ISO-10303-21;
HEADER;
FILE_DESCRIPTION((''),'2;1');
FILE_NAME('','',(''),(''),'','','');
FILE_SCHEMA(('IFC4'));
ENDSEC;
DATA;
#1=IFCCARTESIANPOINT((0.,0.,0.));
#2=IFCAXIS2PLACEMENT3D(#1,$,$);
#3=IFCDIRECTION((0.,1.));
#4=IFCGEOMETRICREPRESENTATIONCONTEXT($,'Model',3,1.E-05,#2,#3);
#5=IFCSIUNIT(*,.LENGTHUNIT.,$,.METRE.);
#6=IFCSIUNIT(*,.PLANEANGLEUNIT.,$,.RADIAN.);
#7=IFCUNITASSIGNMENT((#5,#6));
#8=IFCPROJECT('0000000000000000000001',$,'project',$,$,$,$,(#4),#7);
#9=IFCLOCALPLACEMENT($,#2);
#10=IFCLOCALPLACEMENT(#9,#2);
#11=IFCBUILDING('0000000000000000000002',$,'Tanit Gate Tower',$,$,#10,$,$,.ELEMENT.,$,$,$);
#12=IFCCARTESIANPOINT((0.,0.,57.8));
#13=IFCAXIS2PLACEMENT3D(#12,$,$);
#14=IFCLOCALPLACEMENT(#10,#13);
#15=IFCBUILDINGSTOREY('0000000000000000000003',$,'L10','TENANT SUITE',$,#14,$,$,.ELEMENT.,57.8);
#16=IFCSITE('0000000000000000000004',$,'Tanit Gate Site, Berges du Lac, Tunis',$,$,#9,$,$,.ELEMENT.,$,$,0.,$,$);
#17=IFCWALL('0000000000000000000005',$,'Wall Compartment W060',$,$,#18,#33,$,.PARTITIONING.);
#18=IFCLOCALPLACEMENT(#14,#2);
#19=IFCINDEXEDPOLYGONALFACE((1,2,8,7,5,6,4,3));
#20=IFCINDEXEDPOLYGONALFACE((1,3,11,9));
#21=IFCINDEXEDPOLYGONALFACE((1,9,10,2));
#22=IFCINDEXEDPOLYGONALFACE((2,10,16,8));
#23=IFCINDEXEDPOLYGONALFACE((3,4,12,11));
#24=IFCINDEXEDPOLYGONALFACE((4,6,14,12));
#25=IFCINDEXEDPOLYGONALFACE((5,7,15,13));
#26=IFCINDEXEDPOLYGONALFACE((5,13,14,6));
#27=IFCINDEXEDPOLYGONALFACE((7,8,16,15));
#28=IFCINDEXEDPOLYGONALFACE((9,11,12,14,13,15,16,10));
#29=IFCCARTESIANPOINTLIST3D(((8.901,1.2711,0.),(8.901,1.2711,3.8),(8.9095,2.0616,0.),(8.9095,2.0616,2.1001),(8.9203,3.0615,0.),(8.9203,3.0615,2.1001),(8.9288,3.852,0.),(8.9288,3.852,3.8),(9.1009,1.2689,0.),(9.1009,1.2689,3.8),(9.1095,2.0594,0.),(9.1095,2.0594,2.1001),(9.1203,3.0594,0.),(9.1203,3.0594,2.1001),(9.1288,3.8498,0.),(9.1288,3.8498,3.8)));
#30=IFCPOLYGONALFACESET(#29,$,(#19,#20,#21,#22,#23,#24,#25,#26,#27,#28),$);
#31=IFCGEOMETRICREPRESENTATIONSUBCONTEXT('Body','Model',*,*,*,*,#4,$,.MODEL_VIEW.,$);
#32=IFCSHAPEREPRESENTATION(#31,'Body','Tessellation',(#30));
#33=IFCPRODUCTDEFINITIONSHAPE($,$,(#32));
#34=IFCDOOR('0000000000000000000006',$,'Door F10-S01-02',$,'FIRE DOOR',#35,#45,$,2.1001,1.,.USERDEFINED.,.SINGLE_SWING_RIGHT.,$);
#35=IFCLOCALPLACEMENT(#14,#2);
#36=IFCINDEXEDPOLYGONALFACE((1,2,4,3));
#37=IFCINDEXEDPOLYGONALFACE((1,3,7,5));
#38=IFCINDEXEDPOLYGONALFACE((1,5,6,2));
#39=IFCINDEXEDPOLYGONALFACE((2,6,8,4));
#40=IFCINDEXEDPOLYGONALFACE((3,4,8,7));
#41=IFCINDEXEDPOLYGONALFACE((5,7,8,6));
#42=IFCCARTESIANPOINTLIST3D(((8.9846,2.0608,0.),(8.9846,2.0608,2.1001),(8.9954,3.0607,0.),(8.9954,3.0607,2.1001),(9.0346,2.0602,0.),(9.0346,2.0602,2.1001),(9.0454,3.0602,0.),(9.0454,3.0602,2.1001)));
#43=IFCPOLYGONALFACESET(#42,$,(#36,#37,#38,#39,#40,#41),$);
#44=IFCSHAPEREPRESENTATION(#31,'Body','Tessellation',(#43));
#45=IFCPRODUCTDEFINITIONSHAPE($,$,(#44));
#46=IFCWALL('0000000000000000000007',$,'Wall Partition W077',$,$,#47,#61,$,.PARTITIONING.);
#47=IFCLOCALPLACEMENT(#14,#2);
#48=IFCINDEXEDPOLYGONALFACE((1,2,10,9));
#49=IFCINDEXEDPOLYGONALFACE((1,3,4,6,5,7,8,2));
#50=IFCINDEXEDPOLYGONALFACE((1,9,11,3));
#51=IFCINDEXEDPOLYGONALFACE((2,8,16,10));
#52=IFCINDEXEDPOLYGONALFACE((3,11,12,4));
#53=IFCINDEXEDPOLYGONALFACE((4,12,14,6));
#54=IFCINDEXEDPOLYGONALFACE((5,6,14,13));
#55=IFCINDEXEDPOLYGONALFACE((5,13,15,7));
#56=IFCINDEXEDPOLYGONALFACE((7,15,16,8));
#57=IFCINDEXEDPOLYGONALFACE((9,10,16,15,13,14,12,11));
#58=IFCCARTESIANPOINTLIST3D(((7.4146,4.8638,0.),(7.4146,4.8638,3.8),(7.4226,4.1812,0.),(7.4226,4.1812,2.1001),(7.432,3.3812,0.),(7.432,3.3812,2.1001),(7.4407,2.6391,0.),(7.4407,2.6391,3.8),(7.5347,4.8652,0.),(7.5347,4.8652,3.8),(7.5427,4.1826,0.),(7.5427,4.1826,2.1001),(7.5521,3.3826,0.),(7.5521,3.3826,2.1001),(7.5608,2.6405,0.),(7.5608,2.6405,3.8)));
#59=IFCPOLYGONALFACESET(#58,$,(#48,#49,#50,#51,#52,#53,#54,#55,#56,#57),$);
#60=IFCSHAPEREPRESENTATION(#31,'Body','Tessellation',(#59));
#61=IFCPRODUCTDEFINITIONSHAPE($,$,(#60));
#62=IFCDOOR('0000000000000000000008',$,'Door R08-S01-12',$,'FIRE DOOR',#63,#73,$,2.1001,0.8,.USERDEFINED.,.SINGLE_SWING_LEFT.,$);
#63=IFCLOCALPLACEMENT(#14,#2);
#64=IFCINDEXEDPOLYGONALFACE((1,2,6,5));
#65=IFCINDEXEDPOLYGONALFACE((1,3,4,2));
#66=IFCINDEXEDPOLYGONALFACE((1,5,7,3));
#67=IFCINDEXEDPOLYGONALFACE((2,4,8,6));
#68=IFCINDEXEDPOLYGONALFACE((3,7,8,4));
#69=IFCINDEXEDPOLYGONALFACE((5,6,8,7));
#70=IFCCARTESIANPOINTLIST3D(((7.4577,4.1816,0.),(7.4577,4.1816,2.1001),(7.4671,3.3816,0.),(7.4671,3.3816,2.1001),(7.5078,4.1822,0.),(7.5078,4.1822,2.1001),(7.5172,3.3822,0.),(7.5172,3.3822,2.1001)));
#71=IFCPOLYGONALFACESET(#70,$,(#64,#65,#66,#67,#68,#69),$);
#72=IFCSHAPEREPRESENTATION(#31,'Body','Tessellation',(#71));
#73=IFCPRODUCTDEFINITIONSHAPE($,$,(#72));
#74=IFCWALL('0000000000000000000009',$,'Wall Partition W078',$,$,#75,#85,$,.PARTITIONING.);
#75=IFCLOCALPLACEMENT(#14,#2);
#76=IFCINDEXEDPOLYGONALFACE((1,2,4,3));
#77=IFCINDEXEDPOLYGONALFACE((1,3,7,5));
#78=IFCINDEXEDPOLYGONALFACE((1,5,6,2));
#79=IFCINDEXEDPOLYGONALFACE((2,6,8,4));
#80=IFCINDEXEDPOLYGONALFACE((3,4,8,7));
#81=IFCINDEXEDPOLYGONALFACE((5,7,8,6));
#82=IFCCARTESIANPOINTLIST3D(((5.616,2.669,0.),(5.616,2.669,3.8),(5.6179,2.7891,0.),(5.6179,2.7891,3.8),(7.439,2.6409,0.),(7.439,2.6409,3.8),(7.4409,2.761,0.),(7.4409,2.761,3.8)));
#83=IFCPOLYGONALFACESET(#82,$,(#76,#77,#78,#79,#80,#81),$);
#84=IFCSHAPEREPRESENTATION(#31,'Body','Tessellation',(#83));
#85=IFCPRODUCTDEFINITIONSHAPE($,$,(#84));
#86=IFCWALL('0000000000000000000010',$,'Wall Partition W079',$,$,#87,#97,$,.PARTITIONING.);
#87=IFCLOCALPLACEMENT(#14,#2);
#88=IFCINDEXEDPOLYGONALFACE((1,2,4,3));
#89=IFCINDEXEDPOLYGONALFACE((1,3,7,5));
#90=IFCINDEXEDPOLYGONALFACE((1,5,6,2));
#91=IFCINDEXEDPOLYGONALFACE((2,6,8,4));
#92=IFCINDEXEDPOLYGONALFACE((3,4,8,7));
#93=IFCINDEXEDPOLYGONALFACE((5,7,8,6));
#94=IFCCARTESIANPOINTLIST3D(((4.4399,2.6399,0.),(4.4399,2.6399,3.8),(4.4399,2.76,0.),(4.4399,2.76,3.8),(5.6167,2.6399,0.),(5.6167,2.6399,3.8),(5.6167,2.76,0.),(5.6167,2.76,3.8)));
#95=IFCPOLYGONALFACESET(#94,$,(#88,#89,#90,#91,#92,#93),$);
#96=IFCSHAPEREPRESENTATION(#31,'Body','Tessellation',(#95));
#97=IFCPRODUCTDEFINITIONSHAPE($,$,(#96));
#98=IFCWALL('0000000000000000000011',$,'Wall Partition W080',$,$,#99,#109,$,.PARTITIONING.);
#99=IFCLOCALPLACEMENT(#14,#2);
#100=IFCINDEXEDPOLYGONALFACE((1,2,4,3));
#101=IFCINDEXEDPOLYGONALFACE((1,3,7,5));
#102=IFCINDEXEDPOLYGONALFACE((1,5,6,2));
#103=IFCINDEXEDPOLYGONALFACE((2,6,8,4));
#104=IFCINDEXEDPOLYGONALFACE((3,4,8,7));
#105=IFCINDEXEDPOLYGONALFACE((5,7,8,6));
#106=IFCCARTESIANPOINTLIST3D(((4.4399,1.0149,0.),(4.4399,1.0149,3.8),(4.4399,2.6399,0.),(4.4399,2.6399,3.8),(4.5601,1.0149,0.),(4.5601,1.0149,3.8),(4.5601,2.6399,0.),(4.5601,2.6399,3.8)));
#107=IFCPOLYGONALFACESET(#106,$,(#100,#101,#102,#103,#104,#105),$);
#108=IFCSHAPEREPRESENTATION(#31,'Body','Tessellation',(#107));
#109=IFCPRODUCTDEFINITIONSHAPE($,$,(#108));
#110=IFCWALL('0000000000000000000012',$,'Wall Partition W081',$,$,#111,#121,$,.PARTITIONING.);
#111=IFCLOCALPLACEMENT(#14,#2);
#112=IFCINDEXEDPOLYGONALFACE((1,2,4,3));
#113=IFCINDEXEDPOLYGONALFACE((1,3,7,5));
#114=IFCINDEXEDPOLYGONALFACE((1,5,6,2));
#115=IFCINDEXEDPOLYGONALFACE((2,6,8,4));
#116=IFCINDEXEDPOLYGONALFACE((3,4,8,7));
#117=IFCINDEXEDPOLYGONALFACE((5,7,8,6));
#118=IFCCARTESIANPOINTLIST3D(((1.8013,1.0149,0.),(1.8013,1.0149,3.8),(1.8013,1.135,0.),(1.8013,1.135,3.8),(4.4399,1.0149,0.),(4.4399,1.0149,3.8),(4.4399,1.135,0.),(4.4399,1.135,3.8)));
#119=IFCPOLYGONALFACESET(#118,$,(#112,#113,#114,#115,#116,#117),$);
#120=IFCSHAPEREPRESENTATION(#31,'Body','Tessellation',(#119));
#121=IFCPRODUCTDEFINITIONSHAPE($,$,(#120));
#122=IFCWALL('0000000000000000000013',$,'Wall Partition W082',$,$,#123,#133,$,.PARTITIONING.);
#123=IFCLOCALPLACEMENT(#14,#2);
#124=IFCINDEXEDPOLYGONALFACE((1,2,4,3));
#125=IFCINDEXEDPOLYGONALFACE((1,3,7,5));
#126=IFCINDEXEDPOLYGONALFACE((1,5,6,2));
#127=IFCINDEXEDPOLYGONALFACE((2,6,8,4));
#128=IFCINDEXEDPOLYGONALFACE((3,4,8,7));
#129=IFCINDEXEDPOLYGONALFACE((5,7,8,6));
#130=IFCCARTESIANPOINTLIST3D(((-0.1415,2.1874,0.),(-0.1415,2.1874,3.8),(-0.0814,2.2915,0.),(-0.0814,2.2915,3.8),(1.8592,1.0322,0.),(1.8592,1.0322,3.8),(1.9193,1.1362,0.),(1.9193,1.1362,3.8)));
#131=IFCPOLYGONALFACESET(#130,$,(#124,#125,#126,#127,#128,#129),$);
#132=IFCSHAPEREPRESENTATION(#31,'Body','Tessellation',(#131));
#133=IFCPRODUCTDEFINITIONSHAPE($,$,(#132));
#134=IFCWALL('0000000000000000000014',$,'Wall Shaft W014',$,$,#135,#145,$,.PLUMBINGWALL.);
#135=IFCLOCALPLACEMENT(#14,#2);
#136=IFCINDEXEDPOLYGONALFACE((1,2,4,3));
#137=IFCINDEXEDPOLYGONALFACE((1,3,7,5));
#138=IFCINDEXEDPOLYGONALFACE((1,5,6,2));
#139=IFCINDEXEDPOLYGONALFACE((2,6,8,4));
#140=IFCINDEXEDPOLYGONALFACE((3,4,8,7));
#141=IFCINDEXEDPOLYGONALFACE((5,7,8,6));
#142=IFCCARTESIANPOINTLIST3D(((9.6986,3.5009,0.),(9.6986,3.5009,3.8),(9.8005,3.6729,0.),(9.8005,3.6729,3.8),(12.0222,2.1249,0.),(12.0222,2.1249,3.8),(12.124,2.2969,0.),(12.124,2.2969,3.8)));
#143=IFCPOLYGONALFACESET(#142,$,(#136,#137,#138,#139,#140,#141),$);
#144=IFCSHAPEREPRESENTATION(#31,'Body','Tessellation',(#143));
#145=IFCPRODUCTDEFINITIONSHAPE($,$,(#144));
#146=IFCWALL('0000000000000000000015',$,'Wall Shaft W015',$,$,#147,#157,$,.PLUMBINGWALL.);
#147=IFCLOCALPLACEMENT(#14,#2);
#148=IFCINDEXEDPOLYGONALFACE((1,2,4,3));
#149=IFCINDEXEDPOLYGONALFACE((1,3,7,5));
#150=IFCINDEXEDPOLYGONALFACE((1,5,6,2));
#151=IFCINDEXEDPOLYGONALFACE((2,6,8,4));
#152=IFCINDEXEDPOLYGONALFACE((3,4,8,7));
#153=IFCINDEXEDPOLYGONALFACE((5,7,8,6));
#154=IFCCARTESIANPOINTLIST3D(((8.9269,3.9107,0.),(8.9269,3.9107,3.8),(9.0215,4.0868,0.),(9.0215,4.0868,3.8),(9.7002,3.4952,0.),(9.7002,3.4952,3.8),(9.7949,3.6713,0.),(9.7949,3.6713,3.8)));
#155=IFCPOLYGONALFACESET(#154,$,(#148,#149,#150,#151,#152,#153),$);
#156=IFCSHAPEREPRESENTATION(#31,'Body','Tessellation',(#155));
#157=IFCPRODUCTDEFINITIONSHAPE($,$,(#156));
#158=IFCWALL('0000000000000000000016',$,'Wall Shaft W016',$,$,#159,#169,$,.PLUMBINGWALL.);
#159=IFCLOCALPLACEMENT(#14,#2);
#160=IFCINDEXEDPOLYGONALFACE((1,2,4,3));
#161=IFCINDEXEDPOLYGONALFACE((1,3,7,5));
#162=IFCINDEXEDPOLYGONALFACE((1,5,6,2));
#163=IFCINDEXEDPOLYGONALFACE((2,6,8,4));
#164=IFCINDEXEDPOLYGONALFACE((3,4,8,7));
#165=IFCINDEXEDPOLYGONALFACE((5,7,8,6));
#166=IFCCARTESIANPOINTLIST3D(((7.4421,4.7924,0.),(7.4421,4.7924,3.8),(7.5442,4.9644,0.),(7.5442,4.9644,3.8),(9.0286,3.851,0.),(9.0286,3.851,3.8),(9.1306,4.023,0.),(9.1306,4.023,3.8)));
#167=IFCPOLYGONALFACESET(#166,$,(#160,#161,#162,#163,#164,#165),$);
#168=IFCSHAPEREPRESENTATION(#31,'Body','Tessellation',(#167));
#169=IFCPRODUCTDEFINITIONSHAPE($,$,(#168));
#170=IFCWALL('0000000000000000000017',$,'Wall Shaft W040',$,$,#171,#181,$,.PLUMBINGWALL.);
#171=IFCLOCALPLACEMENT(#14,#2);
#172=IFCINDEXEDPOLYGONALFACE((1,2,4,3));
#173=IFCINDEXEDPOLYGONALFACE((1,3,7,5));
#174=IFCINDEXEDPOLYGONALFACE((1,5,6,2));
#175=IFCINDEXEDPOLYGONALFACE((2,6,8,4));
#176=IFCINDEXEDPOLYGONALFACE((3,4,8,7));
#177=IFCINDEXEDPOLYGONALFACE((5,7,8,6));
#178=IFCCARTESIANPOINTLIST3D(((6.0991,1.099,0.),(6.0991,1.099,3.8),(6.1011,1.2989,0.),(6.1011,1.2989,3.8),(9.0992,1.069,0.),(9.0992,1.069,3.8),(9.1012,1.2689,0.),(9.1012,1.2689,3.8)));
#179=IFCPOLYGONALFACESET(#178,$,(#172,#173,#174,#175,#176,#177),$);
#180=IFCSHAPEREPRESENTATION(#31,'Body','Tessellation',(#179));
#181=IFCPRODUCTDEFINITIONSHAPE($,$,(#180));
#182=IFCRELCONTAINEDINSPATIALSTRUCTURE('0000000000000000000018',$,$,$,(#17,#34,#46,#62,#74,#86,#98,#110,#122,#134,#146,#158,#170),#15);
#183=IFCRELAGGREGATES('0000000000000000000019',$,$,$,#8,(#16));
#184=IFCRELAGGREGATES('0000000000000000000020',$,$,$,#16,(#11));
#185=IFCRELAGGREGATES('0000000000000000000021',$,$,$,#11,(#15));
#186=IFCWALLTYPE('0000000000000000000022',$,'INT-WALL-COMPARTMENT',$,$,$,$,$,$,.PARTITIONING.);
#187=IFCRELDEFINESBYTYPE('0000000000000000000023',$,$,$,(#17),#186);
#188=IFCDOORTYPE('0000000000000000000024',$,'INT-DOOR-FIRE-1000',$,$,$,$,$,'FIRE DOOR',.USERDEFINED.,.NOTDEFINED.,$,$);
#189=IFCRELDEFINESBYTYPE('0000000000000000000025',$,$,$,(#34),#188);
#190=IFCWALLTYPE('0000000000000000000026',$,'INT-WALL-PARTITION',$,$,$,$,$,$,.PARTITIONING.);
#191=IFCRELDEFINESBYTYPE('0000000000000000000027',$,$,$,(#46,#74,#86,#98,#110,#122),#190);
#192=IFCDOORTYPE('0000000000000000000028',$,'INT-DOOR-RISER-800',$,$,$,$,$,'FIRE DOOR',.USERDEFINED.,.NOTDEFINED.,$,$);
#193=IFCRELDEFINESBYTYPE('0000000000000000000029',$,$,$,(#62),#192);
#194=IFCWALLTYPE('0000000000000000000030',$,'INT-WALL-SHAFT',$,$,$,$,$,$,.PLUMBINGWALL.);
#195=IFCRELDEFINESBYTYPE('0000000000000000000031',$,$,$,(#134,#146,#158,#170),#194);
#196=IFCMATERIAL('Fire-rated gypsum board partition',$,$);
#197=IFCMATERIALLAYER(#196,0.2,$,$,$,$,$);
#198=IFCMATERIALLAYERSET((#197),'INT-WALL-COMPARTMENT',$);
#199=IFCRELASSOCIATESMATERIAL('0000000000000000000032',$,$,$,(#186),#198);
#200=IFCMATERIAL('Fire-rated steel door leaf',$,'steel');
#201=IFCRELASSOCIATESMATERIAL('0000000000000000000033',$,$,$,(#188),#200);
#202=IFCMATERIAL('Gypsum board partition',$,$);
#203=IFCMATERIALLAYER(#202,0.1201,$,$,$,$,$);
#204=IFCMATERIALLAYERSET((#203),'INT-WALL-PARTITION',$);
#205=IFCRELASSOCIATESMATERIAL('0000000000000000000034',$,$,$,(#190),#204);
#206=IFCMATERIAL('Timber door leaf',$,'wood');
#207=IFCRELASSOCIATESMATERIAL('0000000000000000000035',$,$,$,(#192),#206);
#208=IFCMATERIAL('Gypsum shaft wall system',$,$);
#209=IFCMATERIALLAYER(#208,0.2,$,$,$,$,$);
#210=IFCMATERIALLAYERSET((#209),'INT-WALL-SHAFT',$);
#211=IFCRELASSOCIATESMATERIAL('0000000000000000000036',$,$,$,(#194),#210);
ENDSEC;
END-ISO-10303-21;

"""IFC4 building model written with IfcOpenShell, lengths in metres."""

from ifc_helpers import new_model, si_unit, direction, frame, frame_2d, origin, place, context, subcontext, project, spatial, rectangle, extrude, material, layer, layer_set, type_object, element, fill, save


model = new_model("IFC4")

# Units and contexts
model_context = context("Model", 3, precision=1e-05, world=origin(), true_north=direction((0.0, 1.0)))
body_context = subcontext(model_context, "Body", "Model", "MODEL_VIEW")
ifc_project = project(units=[si_unit("LENGTHUNIT", "METRE"), si_unit("PLANEANGLEUNIT", "RADIAN")], contexts=[model_context])

# Site, building, storey
site_placement = place(None, origin())
site = spatial("IfcSite", under=ifc_project, at=site_placement, Name="Tanit Gate Site, Berges du Lac, Tunis", CompositionType="ELEMENT", RefElevation=0.0)
building_placement = place(site_placement, origin())
building = spatial("IfcBuilding", under=site, at=building_placement, Name="Tanit Gate Tower", CompositionType="ELEMENT")
storey_placement = place(building_placement, frame((0.0, 0.0, 57.8)))
storey = spatial("IfcBuildingStorey", under=building, at=storey_placement, Name="L10", Description="TENANT SUITE", CompositionType="ELEMENT", Elevation=57.8)

# Walls, openings, doors
ifc_material_1 = material(Name="Fire-rated gypsum board partition")
ifc_layer_1 = layer(ifc_material_1, 0.2)
ifc_layer_set_1 = layer_set([ifc_layer_1], Name="INT-WALL-COMPARTMENT")
wall_type_1 = type_object("IfcWallType", Name="INT-WALL-COMPARTMENT", PredefinedType="PARTITIONING", material=ifc_layer_set_1)
wall_1_placement = place(storey_placement, frame((9.001, 1.27, 0.0), z_axis=(0.0, 0.0, 1.0), x_axis=(0.010784, 0.999942, 0.0)))
wall_1 = element("IfcWall", 1, at=wall_1_placement, inside=storey, type_object=wall_type_1, Name="Wall Compartment W060", PredefinedType="PARTITIONING", context=body_context, shape_type="SweptSolid", body=[
    extrude(rectangle(XDim=2.5811, YDim=0.2, at=frame_2d((1.2905, 0.0))), origin(), (0.0, 0.0, 1.0), 3.8),
])
opening_1_placement = place(wall_1_placement, frame((0.7905, 0.0, 0.0)))
opening_1 = element("IfcOpeningElement", 2, at=opening_1_placement, cuts=wall_1, PredefinedType="OPENING", context=body_context, shape_type="SweptSolid", body=[
    extrude(rectangle(XDim=1.0, YDim=2.1001, at=frame_2d((0.5, 1.05))), frame((0.0, 0.1099, 0.0), z_axis=(0.0, -1.0, 0.0), x_axis=(1.0, 0.0, 0.0)), (0.0, 0.0, 1.0), 0.22),
])
ifc_material_2 = material(Name="Fire-rated steel door leaf", Category="steel")
door_type_1 = type_object("IfcDoorType", Name="INT-DOOR-FIRE-1000", ElementType="FIRE DOOR", OperationType="NOTDEFINED", PredefinedType="USERDEFINED", material=ifc_material_2)
door_1_placement = place(opening_1_placement, origin())
door_1 = element("IfcDoor", 3, at=door_1_placement, inside=storey, type_object=door_type_1, Name="Door F10-S01-02", ObjectType="FIRE DOOR", OperationType="SINGLE_SWING_RIGHT", OverallHeight=2.1001, OverallWidth=1.0, PredefinedType="USERDEFINED", context=body_context, shape_type="SweptSolid", body=[
    extrude(rectangle(XDim=1.0, YDim=2.1001, at=frame_2d((0.5, 1.05))), frame((0.0, 0.0249, 0.0), z_axis=(0.0, -1.0, 0.0), x_axis=(1.0, 0.0, 0.0)), (0.0, 0.0, 1.0), 0.05),
])
fill(opening_1, door_1)
ifc_material_3 = material(Name="Gypsum board partition")
ifc_layer_2 = layer(ifc_material_3, 0.1201)
ifc_layer_set_2 = layer_set([ifc_layer_2], Name="INT-WALL-PARTITION")
wall_type_2 = type_object("IfcWallType", Name="INT-WALL-PARTITION", PredefinedType="PARTITIONING", material=ifc_layer_set_2)
wall_2_placement = place(storey_placement, frame((7.5007, 2.6399, 0.0), z_axis=(0.0, 0.0, 1.0), x_axis=(-0.011742, 0.999931, 0.0)))
wall_2 = element("IfcWall", 4, at=wall_2_placement, inside=storey, type_object=wall_type_2, Name="Wall Partition W077", PredefinedType="PARTITIONING", context=body_context, shape_type="SweptSolid", body=[
    extrude(rectangle(XDim=2.2249, YDim=0.1201, at=frame_2d((1.1123, 0.0))), origin(), (0.0, 0.0, 1.0), 3.8),
])
opening_2_placement = place(wall_2_placement, frame((0.7422, 0.0, 0.0)))
opening_2 = element("IfcOpeningElement", 5, at=opening_2_placement, cuts=wall_2, PredefinedType="OPENING", context=body_context, shape_type="SweptSolid", body=[
    extrude(rectangle(XDim=0.8, YDim=2.1001, at=frame_2d((0.3999, 1.05))), frame((0.0, 0.0701, 0.0), z_axis=(0.0, -1.0, 0.0), x_axis=(1.0, 0.0, 0.0)), (0.0, 0.0, 1.0), 0.1401),
])
ifc_material_4 = material(Name="Timber door leaf", Category="wood")
door_type_2 = type_object("IfcDoorType", Name="INT-DOOR-RISER-800", ElementType="FIRE DOOR", OperationType="NOTDEFINED", PredefinedType="USERDEFINED", material=ifc_material_4)
door_2_placement = place(opening_2_placement, origin())
door_2 = element("IfcDoor", 6, at=door_2_placement, inside=storey, type_object=door_type_2, Name="Door R08-S01-12", ObjectType="FIRE DOOR", OperationType="SINGLE_SWING_LEFT", OverallHeight=2.1001, OverallWidth=0.8, PredefinedType="USERDEFINED", context=body_context, shape_type="SweptSolid", body=[
    extrude(rectangle(XDim=0.8, YDim=2.1001, at=frame_2d((0.3999, 1.05))), frame((0.0, 0.0249, 0.0), z_axis=(0.0, -1.0, 0.0), x_axis=(1.0, 0.0, 0.0)), (0.0, 0.0, 1.0), 0.05),
])
fill(opening_2, door_2)

# Walls
wall_3_placement = place(storey_placement, frame((5.6169, 2.729, 0.0), z_axis=(0.0, 0.0, 1.0), x_axis=(0.999881, -0.015399, 0.0)))
element("IfcWall", 7, at=wall_3_placement, inside=storey, type_object=wall_type_2, Name="Wall Partition W078", PredefinedType="PARTITIONING", context=body_context, shape_type="SweptSolid", body=[
    extrude(rectangle(XDim=1.8232, YDim=0.1201, at=frame_2d((0.9116, 0.0))), origin(), (0.0, 0.0, 1.0), 3.8),
])
wall_4_placement = place(storey_placement, frame((4.4399, 2.7, 0.0), z_axis=(0.0, 0.0, 1.0), x_axis=(1.0, 0.0, 0.0)))
element("IfcWall", 8, at=wall_4_placement, inside=storey, type_object=wall_type_2, Name="Wall Partition W079", PredefinedType="PARTITIONING", context=body_context, shape_type="SweptSolid", body=[
    extrude(rectangle(XDim=1.1768, YDim=0.1201, at=frame_2d((0.5884, 0.0))), origin(), (0.0, 0.0, 1.0), 3.8),
])
wall_5_placement = place(storey_placement, frame((4.5, 1.0149, 0.0), z_axis=(0.0, 0.0, 1.0), x_axis=(0.0, 1.0, 0.0)))
element("IfcWall", 9, at=wall_5_placement, inside=storey, type_object=wall_type_2, Name="Wall Partition W080", PredefinedType="PARTITIONING", context=body_context, shape_type="SweptSolid", body=[
    extrude(rectangle(XDim=1.625, YDim=0.1201, at=frame_2d((0.8125, 0.0))), origin(), (0.0, 0.0, 1.0), 3.8),
])
wall_6_placement = place(storey_placement, frame((1.8013, 1.075, 0.0), z_axis=(0.0, 0.0, 1.0), x_axis=(1.0, 0.0, 0.0)))
element("IfcWall", 10, at=wall_6_placement, inside=storey, type_object=wall_type_2, Name="Wall Partition W081", PredefinedType="PARTITIONING", context=body_context, shape_type="SweptSolid", body=[
    extrude(rectangle(XDim=2.6387, YDim=0.1201, at=frame_2d((1.3193, 0.0))), origin(), (0.0, 0.0, 1.0), 3.8),
])
wall_7_placement = place(storey_placement, frame((-0.1116, 2.2395, 0.0), z_axis=(0.0, 0.0, 1.0), x_axis=(0.865997, -0.500049, 0.0)))
element("IfcWall", 11, at=wall_7_placement, inside=storey, type_object=wall_type_2, Name="Wall Partition W082", PredefinedType="PARTITIONING", context=body_context, shape_type="SweptSolid", body=[
    extrude(rectangle(XDim=2.3103, YDim=0.1201, at=frame_2d((1.1553, 0.0))), origin(), (0.0, 0.0, 1.0), 3.8),
])
ifc_material_5 = material(Name="Gypsum shaft wall system")
ifc_layer_3 = layer(ifc_material_5, 0.2)
ifc_layer_set_3 = layer_set([ifc_layer_3], Name="INT-WALL-SHAFT")
wall_type_3 = type_object("IfcWallType", Name="INT-WALL-SHAFT", PredefinedType="PLUMBINGWALL", material=ifc_layer_set_3)
wall_8_placement = place(storey_placement, frame((12.073, 2.2109, 0.0), z_axis=(0.0, 0.0, 1.0), x_axis=(-0.860438, 0.509555, 0.0)))
element("IfcWall", 12, at=wall_8_placement, inside=storey, type_object=wall_type_3, Name="Wall Shaft W014", PredefinedType="PLUMBINGWALL", context=body_context, shape_type="SweptSolid", body=[
    extrude(rectangle(XDim=2.7004, YDim=0.2, at=frame_2d((1.3501, 0.0))), origin(), (0.0, 0.0, 1.0), 3.8),
])
wall_9_placement = place(storey_placement, frame((9.7476, 3.5833, 0.0), z_axis=(0.0, 0.0, 1.0), x_axis=(-0.880917, 0.473271, 0.0)))
element("IfcWall", 13, at=wall_9_placement, inside=storey, type_object=wall_type_3, Name="Wall Shaft W015", PredefinedType="PLUMBINGWALL", context=body_context, shape_type="SweptSolid", body=[
    extrude(rectangle(XDim=0.8779, YDim=0.2, at=frame_2d((0.439, 0.0))), origin(), (0.0, 0.0, 1.0), 3.8),
])
wall_10_placement = place(storey_placement, frame((9.0796, 3.937, 0.0), z_axis=(0.0, 0.0, 1.0), x_axis=(-0.859982, 0.510325, 0.0)))
element("IfcWall", 14, at=wall_10_placement, inside=storey, type_object=wall_type_3, Name="Wall Shaft W016", PredefinedType="PLUMBINGWALL", context=body_context, shape_type="SweptSolid", body=[
    extrude(rectangle(XDim=1.8447, YDim=0.2, at=frame_2d((0.9224, 0.0))), origin(), (0.0, 0.0, 1.0), 3.8),
])

# Wall
wall_11_placement = place(storey_placement, frame((9.1001, 1.1689, 0.0), z_axis=(0.0, 0.0, 1.0), x_axis=(-0.99995, 0.010009, 0.0)))
element("IfcWall", 15, at=wall_11_placement, inside=storey, type_object=wall_type_3, Name="Wall Shaft W040", PredefinedType="PLUMBINGWALL", context=body_context, shape_type="SweptSolid", body=[
    extrude(rectangle(XDim=3.0002, YDim=0.2, at=frame_2d((1.5, 0.0))), origin(), (0.0, 0.0, 1.0), 3.8),
])

save(model, "model.ifc")
